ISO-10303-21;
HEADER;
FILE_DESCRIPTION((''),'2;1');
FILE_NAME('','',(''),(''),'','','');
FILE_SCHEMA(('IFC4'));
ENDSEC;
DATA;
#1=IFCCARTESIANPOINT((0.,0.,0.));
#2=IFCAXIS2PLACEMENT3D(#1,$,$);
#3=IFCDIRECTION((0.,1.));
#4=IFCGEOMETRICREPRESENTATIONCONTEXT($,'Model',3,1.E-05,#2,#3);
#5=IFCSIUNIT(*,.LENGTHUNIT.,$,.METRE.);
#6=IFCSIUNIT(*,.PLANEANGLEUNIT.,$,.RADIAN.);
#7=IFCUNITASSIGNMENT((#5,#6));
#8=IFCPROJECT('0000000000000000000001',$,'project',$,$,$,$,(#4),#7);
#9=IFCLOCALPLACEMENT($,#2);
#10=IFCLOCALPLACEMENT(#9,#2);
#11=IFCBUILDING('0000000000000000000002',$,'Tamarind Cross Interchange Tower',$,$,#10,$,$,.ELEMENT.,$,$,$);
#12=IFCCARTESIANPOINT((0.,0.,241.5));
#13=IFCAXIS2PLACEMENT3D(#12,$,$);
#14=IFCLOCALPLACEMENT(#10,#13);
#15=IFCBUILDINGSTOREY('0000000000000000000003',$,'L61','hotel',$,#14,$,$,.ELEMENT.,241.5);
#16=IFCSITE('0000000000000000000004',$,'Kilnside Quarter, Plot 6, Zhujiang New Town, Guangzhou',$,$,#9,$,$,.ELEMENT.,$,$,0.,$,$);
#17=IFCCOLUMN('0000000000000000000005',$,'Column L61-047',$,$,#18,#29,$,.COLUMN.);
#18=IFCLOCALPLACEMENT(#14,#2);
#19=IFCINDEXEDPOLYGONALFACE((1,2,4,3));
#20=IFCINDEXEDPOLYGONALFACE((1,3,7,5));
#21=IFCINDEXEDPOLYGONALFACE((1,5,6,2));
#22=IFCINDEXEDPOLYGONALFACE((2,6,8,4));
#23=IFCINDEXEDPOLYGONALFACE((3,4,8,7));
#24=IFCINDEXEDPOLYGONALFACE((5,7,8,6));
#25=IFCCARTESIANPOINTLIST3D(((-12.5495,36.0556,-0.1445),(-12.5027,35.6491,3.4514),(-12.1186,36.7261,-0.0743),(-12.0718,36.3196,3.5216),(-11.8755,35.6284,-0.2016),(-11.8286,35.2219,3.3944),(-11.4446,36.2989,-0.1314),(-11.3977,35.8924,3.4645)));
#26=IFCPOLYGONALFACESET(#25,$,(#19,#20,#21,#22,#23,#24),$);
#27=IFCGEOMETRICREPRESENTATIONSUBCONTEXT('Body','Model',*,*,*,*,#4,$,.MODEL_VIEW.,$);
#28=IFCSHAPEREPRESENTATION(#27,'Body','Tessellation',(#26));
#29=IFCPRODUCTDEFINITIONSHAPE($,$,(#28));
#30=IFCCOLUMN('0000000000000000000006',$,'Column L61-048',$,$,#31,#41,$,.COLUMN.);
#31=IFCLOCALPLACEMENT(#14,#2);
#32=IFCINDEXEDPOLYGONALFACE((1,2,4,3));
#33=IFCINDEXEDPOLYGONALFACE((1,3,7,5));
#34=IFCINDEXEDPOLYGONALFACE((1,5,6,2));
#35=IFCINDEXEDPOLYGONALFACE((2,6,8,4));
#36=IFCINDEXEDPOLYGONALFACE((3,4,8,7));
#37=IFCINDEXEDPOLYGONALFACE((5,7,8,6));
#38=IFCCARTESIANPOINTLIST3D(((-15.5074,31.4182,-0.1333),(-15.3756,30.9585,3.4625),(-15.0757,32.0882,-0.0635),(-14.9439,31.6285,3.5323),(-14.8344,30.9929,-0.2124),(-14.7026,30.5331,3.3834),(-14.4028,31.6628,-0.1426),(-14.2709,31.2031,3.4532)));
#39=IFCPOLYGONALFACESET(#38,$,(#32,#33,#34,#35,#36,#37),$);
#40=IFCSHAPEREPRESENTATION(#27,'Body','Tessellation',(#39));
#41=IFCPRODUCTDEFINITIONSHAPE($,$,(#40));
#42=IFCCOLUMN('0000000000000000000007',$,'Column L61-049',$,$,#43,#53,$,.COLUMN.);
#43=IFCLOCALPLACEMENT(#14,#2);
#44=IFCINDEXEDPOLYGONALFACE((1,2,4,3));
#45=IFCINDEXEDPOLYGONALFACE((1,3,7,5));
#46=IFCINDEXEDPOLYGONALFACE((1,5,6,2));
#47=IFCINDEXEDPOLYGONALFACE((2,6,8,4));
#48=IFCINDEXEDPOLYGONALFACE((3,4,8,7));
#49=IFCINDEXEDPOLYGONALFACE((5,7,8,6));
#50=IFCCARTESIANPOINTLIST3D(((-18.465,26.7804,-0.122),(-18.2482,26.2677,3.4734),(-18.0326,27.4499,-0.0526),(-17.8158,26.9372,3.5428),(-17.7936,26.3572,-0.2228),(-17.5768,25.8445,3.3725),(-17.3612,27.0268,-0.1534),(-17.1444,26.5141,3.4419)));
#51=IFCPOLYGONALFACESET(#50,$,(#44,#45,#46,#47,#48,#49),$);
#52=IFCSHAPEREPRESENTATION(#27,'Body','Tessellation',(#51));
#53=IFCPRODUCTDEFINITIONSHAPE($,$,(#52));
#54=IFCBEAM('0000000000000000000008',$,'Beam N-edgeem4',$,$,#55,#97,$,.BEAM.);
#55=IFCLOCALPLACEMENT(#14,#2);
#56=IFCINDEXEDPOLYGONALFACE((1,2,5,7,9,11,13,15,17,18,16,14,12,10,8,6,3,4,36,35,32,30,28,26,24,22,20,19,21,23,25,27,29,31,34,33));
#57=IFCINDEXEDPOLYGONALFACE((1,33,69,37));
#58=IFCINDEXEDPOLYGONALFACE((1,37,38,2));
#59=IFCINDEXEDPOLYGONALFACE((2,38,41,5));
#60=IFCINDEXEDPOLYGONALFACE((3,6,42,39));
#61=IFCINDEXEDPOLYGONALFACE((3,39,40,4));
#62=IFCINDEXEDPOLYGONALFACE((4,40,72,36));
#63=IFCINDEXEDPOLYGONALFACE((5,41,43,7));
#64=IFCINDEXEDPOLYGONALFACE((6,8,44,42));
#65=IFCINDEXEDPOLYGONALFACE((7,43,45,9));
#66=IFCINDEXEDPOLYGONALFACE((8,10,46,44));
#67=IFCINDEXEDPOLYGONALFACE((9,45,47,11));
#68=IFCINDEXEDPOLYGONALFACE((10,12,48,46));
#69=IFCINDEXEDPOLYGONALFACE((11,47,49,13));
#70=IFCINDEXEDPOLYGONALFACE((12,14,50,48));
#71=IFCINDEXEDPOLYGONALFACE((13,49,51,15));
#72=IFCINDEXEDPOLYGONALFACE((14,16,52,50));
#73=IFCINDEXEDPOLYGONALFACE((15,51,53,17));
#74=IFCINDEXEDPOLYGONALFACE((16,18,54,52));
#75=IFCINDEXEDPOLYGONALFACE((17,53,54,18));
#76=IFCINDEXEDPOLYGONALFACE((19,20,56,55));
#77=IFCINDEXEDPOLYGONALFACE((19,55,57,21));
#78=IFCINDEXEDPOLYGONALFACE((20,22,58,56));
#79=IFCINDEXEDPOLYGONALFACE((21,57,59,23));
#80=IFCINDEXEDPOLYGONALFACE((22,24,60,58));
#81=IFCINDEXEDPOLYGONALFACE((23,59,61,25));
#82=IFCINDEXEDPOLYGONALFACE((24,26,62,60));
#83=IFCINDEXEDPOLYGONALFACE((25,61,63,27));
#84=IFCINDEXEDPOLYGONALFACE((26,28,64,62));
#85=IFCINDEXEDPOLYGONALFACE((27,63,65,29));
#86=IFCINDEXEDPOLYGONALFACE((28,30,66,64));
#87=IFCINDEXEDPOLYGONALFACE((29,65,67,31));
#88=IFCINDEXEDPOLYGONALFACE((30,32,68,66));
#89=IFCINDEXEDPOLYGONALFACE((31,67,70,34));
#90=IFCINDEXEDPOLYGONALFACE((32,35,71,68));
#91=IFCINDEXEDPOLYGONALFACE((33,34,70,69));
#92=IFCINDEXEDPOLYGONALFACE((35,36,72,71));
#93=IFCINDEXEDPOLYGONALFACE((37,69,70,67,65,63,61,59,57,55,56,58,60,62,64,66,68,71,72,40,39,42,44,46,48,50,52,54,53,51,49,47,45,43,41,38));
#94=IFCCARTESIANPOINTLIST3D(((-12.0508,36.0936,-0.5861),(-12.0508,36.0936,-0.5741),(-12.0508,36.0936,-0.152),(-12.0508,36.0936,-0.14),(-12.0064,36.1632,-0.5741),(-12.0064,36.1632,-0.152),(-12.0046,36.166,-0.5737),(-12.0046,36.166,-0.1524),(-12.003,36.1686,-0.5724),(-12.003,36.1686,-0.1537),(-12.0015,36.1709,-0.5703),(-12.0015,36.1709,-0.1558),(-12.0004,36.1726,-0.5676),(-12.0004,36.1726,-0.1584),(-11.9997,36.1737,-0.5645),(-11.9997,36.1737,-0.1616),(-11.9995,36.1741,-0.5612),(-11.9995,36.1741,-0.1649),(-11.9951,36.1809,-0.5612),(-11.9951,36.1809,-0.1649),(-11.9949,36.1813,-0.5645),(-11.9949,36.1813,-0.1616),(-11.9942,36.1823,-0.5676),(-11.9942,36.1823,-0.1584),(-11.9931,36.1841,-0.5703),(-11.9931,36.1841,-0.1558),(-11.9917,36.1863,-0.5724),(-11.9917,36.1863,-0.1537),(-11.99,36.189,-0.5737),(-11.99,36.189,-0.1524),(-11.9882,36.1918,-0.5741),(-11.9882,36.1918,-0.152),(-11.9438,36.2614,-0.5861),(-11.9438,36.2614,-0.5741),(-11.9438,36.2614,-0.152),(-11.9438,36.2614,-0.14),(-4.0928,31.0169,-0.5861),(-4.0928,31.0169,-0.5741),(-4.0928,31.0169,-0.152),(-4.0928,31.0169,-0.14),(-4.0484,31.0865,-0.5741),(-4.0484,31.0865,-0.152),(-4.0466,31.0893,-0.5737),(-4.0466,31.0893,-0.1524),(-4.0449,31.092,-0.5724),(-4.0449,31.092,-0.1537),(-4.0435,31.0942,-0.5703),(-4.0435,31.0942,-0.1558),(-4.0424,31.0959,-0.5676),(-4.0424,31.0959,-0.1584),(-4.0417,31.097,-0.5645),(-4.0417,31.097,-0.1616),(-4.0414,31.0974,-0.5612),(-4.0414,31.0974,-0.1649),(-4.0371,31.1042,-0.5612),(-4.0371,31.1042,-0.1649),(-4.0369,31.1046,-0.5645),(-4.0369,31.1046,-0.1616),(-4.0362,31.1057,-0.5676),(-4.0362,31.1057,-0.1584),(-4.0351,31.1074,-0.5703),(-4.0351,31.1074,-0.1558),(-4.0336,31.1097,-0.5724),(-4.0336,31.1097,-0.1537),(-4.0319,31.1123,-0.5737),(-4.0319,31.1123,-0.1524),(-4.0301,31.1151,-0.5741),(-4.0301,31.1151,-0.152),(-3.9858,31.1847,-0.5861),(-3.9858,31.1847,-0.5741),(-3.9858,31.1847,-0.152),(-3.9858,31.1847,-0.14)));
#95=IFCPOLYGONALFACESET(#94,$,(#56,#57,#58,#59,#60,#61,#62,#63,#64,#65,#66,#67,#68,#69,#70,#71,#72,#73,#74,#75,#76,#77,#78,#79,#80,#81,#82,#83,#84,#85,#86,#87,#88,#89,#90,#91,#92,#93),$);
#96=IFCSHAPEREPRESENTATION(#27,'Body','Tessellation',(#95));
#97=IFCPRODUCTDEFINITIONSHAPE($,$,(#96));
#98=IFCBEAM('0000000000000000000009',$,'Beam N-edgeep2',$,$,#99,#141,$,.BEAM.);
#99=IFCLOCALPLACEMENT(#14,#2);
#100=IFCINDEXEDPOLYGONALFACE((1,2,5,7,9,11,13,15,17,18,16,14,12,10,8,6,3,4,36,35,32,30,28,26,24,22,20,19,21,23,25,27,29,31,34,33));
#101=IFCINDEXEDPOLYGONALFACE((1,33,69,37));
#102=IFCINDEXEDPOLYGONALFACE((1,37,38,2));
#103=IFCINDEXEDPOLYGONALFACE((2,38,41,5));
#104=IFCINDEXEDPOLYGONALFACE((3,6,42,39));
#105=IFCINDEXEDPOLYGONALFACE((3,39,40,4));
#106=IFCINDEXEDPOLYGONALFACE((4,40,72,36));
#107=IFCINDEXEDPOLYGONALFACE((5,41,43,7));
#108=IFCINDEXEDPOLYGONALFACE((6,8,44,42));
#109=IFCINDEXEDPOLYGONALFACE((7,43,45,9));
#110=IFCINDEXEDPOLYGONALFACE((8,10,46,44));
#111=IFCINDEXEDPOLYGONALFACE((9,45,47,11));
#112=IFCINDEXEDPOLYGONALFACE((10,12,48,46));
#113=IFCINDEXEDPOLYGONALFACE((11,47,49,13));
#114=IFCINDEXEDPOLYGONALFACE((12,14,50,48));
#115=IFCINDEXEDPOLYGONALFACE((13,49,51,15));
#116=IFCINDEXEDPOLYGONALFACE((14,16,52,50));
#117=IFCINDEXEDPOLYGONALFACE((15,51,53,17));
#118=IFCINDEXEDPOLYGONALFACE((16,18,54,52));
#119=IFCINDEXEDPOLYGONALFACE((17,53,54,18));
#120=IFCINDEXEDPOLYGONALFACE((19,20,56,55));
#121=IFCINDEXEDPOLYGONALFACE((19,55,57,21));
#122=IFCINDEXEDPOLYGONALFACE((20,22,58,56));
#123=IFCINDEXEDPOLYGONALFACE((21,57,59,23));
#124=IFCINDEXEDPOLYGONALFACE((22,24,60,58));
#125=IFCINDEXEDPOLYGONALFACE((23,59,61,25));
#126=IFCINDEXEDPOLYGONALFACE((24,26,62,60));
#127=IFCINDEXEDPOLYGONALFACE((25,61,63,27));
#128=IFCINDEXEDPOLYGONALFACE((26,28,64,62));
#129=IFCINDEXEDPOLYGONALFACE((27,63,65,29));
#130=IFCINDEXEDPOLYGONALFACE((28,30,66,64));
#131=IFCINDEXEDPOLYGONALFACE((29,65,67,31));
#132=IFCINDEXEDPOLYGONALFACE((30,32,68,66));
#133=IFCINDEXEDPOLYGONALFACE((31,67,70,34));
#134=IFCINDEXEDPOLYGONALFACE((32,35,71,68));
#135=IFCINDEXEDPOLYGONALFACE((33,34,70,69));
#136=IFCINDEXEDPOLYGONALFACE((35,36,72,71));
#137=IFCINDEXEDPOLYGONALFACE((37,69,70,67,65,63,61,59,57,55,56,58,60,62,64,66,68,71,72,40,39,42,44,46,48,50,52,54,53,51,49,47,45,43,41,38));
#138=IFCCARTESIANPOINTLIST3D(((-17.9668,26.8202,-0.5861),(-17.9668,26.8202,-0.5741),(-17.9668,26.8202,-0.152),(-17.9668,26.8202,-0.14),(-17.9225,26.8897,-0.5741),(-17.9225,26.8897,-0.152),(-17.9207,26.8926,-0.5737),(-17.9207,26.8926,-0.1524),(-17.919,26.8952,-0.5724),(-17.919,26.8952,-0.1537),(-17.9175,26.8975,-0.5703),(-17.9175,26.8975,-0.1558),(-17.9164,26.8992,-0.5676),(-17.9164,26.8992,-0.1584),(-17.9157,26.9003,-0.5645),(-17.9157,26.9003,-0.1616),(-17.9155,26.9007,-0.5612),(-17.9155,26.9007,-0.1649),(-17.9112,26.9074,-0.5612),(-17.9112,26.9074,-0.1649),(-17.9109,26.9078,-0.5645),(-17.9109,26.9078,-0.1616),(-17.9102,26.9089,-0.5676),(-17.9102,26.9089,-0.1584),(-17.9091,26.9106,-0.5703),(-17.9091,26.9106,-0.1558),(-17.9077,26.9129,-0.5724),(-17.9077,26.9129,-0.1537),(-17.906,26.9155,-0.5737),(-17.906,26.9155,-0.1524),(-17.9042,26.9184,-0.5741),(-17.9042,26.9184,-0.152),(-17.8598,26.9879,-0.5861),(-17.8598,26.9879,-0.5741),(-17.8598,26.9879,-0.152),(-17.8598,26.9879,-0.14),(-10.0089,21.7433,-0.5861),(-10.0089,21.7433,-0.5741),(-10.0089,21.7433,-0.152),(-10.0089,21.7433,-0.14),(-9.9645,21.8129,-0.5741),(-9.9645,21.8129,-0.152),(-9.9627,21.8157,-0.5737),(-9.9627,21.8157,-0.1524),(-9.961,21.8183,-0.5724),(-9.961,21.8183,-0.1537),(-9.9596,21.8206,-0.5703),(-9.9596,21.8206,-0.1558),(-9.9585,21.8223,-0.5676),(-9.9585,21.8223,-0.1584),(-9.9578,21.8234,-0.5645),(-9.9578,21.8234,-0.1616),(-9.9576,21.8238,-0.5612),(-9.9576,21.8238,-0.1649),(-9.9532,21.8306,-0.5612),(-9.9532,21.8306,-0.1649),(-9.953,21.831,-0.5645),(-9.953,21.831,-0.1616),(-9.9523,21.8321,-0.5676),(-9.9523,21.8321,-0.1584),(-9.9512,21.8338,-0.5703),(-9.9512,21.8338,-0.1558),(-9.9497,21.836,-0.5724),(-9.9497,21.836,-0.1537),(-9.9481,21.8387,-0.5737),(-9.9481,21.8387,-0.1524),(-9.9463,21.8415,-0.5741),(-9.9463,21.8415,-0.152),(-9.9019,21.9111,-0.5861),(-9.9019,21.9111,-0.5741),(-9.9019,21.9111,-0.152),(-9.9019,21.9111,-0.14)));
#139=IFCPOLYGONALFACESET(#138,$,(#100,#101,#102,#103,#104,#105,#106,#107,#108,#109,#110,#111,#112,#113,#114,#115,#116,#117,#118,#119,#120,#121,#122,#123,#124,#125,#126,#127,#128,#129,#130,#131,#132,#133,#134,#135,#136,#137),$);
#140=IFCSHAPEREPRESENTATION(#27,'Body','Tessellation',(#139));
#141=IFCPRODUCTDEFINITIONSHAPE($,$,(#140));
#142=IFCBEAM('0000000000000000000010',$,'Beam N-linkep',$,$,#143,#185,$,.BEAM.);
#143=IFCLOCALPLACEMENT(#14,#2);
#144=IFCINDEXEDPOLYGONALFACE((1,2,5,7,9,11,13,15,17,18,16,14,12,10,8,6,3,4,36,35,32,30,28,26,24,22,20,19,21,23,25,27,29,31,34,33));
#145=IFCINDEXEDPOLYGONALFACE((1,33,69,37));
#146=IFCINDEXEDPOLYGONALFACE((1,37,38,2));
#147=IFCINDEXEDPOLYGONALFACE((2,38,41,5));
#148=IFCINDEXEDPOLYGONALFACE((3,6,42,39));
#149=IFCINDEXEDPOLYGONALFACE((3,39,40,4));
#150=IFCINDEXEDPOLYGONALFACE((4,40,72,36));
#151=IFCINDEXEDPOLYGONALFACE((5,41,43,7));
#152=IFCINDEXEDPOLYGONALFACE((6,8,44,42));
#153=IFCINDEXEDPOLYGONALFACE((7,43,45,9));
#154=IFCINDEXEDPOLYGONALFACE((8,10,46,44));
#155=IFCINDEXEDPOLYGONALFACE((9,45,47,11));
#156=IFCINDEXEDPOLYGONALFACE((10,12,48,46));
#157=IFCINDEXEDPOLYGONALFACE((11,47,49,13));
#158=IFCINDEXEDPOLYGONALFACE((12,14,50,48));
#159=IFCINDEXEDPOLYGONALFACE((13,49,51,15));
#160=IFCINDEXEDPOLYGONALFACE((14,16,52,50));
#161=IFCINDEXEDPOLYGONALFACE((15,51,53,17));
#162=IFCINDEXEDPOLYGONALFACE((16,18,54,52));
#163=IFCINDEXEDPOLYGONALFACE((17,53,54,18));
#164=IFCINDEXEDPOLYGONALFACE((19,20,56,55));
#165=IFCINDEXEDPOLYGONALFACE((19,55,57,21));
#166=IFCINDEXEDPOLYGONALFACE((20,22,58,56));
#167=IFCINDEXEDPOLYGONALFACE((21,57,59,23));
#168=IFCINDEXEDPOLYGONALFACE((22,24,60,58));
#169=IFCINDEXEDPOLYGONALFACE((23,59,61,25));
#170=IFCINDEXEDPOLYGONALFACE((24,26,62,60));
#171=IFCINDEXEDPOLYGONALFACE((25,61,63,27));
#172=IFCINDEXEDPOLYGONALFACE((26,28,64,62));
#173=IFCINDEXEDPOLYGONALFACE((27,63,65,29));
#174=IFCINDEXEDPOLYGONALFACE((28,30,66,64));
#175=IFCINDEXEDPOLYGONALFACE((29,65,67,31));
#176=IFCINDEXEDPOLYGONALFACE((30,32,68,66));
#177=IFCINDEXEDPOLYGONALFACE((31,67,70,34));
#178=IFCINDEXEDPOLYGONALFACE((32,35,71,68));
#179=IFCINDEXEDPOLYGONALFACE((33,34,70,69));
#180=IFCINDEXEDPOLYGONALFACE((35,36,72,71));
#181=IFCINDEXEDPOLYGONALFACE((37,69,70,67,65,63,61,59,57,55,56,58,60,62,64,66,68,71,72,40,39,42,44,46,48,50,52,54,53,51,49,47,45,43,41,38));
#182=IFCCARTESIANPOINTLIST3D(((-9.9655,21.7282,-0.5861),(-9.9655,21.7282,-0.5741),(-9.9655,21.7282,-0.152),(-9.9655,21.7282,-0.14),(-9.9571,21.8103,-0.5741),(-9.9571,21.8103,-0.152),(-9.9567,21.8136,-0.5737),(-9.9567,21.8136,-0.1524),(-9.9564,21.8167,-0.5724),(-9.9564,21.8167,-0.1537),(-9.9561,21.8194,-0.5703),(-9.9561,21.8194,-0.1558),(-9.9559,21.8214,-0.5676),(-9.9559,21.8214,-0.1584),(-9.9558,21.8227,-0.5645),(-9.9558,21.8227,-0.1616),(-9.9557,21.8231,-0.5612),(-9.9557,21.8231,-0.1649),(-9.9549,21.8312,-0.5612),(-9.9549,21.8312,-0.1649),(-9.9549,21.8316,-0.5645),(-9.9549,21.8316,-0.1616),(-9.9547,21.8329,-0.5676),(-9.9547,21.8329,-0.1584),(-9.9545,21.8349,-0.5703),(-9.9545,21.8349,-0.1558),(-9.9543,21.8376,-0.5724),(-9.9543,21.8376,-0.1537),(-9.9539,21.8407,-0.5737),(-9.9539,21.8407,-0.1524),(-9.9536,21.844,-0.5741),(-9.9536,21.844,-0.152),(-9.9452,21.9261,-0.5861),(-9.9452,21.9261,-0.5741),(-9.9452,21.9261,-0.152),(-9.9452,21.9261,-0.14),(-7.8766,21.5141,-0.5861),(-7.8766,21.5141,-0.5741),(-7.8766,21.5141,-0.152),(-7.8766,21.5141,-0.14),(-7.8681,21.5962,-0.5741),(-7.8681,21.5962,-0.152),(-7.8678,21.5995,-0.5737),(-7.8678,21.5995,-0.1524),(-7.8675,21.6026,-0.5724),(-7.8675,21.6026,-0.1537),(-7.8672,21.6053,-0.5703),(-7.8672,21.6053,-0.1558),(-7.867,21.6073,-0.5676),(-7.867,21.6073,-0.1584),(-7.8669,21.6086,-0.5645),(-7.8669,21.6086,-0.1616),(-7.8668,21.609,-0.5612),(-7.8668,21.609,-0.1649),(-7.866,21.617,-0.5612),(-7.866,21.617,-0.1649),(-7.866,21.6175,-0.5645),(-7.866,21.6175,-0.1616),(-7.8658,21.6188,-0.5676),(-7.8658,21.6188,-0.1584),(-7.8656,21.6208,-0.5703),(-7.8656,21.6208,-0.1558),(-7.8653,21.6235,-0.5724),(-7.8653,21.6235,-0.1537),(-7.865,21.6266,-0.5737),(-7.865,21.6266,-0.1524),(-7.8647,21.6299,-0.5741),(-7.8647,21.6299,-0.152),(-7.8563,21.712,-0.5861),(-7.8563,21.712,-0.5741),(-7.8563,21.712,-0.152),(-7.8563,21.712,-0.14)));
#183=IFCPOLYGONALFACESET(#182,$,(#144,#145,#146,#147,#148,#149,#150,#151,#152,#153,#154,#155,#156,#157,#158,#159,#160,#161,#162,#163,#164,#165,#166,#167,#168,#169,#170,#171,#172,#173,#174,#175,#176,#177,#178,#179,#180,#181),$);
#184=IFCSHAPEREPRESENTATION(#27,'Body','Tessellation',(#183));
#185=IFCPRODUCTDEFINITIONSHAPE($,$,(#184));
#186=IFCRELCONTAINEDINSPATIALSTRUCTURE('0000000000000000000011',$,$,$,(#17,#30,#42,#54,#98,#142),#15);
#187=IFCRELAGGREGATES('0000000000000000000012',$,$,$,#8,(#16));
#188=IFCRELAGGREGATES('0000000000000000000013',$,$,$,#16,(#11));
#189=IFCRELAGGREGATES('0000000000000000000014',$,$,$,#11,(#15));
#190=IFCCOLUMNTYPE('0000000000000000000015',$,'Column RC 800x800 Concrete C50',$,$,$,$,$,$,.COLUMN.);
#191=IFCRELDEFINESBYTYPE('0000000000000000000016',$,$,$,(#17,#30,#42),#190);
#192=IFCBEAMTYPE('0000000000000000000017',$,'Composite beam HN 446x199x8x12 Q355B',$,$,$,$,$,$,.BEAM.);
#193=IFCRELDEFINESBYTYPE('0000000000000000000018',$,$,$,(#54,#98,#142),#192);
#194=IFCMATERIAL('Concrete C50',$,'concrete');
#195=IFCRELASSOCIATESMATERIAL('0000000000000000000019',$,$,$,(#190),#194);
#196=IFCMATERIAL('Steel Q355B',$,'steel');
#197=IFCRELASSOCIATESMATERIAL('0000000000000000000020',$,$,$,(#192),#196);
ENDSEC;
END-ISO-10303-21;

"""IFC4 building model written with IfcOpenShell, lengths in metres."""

from ifc_helpers import new_model, si_unit, direction, frame, origin, origin_2d, place, context, subcontext, project, spatial, rectangle, i_section, extrude, material, material_profile, profile_set, type_object, element, save


model = new_model("IFC4")

# Units and contexts
model_context = context("Model", 3, precision=1e-05, world=origin(), true_north=direction((0.0, 1.0)))
body_context = subcontext(model_context, "Body", "Model", "MODEL_VIEW")
ifc_project = project(units=[si_unit("LENGTHUNIT", "METRE"), si_unit("PLANEANGLEUNIT", "RADIAN")], contexts=[model_context])

# Site, building, storey
site_placement = place(None, origin())
site = spatial("IfcSite", under=ifc_project, at=site_placement, Name="Kilnside Quarter, Plot 6, Zhujiang New Town, Guangzhou", CompositionType="ELEMENT", RefElevation=0.0)
building_placement = place(site_placement, origin())
building = spatial("IfcBuilding", under=site, at=building_placement, Name="Tamarind Cross Interchange Tower", CompositionType="ELEMENT")
storey_placement = place(building_placement, frame((0.0, 0.0, 241.5)))
storey = spatial("IfcBuildingStorey", under=building, at=storey_placement, Name="L61", Description="hotel", CompositionType="ELEMENT", Elevation=241.5)

# Columns
ifc_material_1 = material(Name="Concrete C50", Category="concrete")
ifc_material_profile_1 = material_profile(ifc_material_1, rectangle(XDim=0.8, YDim=0.8, at=origin_2d()), Name="RC 800x800")
ifc_profile_set_1 = profile_set([ifc_material_profile_1], Name="Concrete C50")
column_type = type_object("IfcColumnType", Name="Column RC 800x800 Concrete C50", PredefinedType="COLUMN", material=ifc_profile_set_1)
column_1_placement = place(storey_placement, frame((-11.9971, 36.1772, -0.1379), z_axis=(0.012952, -0.112317, 0.993588), x_axis=(0.538578, 0.837998, 0.087709)))
element("IfcColumn", 1, at=column_1_placement, inside=storey, type_object=column_type, Name="Column L61-047", PredefinedType="COLUMN", context=body_context, shape_type="SweptSolid", body=[
    extrude(rectangle(XDim=0.8, YDim=0.8, at=origin_2d()), origin(), (0.0, 0.0, 1.0), 3.6191),
])
column_2_placement = place(storey_placement, frame((-14.9551, 31.5405, -0.1379), z_axis=(0.036345, -0.126736, 0.99127), x_axis=(0.539565, 0.837408, 0.087281)))
element("IfcColumn", 2, at=column_2_placement, inside=storey, type_object=column_type, Name="Column L61-048", PredefinedType="COLUMN", context=body_context, shape_type="SweptSolid", body=[
    extrude(rectangle(XDim=0.8, YDim=0.8, at=origin_2d()), origin(), (0.0, 0.0, 1.0), 3.6274),
])
column_3_placement = place(storey_placement, frame((-17.9131, 26.9036, -0.1377), z_axis=(0.059588, -0.140916, 0.988227), x_axis=(0.540447, 0.836894, 0.086749)))
element("IfcColumn", 3, at=column_3_placement, inside=storey, type_object=column_type, Name="Column L61-049", PredefinedType="COLUMN", context=body_context, shape_type="SweptSolid", body=[
    extrude(rectangle(XDim=0.8, YDim=0.8, at=origin_2d()), origin(), (0.0, 0.0, 1.0), 3.6382),
])

# Beams
ifc_material_2 = material(Name="Steel Q355B", Category="steel")
ifc_material_profile_2 = material_profile(ifc_material_2, i_section(OverallWidth=0.199, OverallDepth=0.446, WebThickness=0.0081, FlangeThickness=0.012, FilletRadius=0.0129, at=origin_2d()), Name="HN 446x199x8x12")
ifc_profile_set_2 = profile_set([ifc_material_profile_2], Name="Steel Q355B")
beam_type_1 = type_object("IfcBeamType", Name="Composite beam HN 446x199x8x12 Q355B", PredefinedType="BEAM", material=ifc_profile_set_2)
for number, where, z_axis, x_axis, name in (
    (4, (-11.9973, 36.1775, -0.363), (0.843062, -0.537816, 0.0), (0.537816, 0.843062, 0.0), "Beam N-edgeem4"),
    (5, (-17.9133, 26.9041, -0.363), (0.843051, -0.537834, 0.0), (0.537834, 0.843051, 0.0), "Beam N-edgeep2"),
):
    element("IfcBeam", number, at=place(storey_placement, frame(where, z_axis=z_axis, x_axis=x_axis)), inside=storey, type_object=beam_type_1, Name=name, PredefinedType="BEAM", context=body_context, shape_type="SweptSolid", body=[
        extrude(i_section(OverallWidth=0.199, OverallDepth=0.446, WebThickness=0.0081, FlangeThickness=0.012, FilletRadius=0.0129, at=origin_2d()), origin(), (0.0, 0.0, 1.0), 9.4395),
    ])
beam_1_placement = place(storey_placement, frame((-9.9553, 21.8271, -0.363), z_axis=(0.994788, -0.101967, 0.0), x_axis=(0.101967, 0.994788, 0.0)))
element("IfcBeam", 6, at=beam_1_placement, inside=storey, type_object=beam_type_1, Name="Beam N-linkep", PredefinedType="BEAM", context=body_context, shape_type="SweptSolid", body=[
    extrude(i_section(OverallWidth=0.199, OverallDepth=0.446, WebThickness=0.0081, FlangeThickness=0.012, FilletRadius=0.0129, at=origin_2d()), origin(), (0.0, 0.0, 1.0), 2.0999),
])

save(model, "model.ifc")
